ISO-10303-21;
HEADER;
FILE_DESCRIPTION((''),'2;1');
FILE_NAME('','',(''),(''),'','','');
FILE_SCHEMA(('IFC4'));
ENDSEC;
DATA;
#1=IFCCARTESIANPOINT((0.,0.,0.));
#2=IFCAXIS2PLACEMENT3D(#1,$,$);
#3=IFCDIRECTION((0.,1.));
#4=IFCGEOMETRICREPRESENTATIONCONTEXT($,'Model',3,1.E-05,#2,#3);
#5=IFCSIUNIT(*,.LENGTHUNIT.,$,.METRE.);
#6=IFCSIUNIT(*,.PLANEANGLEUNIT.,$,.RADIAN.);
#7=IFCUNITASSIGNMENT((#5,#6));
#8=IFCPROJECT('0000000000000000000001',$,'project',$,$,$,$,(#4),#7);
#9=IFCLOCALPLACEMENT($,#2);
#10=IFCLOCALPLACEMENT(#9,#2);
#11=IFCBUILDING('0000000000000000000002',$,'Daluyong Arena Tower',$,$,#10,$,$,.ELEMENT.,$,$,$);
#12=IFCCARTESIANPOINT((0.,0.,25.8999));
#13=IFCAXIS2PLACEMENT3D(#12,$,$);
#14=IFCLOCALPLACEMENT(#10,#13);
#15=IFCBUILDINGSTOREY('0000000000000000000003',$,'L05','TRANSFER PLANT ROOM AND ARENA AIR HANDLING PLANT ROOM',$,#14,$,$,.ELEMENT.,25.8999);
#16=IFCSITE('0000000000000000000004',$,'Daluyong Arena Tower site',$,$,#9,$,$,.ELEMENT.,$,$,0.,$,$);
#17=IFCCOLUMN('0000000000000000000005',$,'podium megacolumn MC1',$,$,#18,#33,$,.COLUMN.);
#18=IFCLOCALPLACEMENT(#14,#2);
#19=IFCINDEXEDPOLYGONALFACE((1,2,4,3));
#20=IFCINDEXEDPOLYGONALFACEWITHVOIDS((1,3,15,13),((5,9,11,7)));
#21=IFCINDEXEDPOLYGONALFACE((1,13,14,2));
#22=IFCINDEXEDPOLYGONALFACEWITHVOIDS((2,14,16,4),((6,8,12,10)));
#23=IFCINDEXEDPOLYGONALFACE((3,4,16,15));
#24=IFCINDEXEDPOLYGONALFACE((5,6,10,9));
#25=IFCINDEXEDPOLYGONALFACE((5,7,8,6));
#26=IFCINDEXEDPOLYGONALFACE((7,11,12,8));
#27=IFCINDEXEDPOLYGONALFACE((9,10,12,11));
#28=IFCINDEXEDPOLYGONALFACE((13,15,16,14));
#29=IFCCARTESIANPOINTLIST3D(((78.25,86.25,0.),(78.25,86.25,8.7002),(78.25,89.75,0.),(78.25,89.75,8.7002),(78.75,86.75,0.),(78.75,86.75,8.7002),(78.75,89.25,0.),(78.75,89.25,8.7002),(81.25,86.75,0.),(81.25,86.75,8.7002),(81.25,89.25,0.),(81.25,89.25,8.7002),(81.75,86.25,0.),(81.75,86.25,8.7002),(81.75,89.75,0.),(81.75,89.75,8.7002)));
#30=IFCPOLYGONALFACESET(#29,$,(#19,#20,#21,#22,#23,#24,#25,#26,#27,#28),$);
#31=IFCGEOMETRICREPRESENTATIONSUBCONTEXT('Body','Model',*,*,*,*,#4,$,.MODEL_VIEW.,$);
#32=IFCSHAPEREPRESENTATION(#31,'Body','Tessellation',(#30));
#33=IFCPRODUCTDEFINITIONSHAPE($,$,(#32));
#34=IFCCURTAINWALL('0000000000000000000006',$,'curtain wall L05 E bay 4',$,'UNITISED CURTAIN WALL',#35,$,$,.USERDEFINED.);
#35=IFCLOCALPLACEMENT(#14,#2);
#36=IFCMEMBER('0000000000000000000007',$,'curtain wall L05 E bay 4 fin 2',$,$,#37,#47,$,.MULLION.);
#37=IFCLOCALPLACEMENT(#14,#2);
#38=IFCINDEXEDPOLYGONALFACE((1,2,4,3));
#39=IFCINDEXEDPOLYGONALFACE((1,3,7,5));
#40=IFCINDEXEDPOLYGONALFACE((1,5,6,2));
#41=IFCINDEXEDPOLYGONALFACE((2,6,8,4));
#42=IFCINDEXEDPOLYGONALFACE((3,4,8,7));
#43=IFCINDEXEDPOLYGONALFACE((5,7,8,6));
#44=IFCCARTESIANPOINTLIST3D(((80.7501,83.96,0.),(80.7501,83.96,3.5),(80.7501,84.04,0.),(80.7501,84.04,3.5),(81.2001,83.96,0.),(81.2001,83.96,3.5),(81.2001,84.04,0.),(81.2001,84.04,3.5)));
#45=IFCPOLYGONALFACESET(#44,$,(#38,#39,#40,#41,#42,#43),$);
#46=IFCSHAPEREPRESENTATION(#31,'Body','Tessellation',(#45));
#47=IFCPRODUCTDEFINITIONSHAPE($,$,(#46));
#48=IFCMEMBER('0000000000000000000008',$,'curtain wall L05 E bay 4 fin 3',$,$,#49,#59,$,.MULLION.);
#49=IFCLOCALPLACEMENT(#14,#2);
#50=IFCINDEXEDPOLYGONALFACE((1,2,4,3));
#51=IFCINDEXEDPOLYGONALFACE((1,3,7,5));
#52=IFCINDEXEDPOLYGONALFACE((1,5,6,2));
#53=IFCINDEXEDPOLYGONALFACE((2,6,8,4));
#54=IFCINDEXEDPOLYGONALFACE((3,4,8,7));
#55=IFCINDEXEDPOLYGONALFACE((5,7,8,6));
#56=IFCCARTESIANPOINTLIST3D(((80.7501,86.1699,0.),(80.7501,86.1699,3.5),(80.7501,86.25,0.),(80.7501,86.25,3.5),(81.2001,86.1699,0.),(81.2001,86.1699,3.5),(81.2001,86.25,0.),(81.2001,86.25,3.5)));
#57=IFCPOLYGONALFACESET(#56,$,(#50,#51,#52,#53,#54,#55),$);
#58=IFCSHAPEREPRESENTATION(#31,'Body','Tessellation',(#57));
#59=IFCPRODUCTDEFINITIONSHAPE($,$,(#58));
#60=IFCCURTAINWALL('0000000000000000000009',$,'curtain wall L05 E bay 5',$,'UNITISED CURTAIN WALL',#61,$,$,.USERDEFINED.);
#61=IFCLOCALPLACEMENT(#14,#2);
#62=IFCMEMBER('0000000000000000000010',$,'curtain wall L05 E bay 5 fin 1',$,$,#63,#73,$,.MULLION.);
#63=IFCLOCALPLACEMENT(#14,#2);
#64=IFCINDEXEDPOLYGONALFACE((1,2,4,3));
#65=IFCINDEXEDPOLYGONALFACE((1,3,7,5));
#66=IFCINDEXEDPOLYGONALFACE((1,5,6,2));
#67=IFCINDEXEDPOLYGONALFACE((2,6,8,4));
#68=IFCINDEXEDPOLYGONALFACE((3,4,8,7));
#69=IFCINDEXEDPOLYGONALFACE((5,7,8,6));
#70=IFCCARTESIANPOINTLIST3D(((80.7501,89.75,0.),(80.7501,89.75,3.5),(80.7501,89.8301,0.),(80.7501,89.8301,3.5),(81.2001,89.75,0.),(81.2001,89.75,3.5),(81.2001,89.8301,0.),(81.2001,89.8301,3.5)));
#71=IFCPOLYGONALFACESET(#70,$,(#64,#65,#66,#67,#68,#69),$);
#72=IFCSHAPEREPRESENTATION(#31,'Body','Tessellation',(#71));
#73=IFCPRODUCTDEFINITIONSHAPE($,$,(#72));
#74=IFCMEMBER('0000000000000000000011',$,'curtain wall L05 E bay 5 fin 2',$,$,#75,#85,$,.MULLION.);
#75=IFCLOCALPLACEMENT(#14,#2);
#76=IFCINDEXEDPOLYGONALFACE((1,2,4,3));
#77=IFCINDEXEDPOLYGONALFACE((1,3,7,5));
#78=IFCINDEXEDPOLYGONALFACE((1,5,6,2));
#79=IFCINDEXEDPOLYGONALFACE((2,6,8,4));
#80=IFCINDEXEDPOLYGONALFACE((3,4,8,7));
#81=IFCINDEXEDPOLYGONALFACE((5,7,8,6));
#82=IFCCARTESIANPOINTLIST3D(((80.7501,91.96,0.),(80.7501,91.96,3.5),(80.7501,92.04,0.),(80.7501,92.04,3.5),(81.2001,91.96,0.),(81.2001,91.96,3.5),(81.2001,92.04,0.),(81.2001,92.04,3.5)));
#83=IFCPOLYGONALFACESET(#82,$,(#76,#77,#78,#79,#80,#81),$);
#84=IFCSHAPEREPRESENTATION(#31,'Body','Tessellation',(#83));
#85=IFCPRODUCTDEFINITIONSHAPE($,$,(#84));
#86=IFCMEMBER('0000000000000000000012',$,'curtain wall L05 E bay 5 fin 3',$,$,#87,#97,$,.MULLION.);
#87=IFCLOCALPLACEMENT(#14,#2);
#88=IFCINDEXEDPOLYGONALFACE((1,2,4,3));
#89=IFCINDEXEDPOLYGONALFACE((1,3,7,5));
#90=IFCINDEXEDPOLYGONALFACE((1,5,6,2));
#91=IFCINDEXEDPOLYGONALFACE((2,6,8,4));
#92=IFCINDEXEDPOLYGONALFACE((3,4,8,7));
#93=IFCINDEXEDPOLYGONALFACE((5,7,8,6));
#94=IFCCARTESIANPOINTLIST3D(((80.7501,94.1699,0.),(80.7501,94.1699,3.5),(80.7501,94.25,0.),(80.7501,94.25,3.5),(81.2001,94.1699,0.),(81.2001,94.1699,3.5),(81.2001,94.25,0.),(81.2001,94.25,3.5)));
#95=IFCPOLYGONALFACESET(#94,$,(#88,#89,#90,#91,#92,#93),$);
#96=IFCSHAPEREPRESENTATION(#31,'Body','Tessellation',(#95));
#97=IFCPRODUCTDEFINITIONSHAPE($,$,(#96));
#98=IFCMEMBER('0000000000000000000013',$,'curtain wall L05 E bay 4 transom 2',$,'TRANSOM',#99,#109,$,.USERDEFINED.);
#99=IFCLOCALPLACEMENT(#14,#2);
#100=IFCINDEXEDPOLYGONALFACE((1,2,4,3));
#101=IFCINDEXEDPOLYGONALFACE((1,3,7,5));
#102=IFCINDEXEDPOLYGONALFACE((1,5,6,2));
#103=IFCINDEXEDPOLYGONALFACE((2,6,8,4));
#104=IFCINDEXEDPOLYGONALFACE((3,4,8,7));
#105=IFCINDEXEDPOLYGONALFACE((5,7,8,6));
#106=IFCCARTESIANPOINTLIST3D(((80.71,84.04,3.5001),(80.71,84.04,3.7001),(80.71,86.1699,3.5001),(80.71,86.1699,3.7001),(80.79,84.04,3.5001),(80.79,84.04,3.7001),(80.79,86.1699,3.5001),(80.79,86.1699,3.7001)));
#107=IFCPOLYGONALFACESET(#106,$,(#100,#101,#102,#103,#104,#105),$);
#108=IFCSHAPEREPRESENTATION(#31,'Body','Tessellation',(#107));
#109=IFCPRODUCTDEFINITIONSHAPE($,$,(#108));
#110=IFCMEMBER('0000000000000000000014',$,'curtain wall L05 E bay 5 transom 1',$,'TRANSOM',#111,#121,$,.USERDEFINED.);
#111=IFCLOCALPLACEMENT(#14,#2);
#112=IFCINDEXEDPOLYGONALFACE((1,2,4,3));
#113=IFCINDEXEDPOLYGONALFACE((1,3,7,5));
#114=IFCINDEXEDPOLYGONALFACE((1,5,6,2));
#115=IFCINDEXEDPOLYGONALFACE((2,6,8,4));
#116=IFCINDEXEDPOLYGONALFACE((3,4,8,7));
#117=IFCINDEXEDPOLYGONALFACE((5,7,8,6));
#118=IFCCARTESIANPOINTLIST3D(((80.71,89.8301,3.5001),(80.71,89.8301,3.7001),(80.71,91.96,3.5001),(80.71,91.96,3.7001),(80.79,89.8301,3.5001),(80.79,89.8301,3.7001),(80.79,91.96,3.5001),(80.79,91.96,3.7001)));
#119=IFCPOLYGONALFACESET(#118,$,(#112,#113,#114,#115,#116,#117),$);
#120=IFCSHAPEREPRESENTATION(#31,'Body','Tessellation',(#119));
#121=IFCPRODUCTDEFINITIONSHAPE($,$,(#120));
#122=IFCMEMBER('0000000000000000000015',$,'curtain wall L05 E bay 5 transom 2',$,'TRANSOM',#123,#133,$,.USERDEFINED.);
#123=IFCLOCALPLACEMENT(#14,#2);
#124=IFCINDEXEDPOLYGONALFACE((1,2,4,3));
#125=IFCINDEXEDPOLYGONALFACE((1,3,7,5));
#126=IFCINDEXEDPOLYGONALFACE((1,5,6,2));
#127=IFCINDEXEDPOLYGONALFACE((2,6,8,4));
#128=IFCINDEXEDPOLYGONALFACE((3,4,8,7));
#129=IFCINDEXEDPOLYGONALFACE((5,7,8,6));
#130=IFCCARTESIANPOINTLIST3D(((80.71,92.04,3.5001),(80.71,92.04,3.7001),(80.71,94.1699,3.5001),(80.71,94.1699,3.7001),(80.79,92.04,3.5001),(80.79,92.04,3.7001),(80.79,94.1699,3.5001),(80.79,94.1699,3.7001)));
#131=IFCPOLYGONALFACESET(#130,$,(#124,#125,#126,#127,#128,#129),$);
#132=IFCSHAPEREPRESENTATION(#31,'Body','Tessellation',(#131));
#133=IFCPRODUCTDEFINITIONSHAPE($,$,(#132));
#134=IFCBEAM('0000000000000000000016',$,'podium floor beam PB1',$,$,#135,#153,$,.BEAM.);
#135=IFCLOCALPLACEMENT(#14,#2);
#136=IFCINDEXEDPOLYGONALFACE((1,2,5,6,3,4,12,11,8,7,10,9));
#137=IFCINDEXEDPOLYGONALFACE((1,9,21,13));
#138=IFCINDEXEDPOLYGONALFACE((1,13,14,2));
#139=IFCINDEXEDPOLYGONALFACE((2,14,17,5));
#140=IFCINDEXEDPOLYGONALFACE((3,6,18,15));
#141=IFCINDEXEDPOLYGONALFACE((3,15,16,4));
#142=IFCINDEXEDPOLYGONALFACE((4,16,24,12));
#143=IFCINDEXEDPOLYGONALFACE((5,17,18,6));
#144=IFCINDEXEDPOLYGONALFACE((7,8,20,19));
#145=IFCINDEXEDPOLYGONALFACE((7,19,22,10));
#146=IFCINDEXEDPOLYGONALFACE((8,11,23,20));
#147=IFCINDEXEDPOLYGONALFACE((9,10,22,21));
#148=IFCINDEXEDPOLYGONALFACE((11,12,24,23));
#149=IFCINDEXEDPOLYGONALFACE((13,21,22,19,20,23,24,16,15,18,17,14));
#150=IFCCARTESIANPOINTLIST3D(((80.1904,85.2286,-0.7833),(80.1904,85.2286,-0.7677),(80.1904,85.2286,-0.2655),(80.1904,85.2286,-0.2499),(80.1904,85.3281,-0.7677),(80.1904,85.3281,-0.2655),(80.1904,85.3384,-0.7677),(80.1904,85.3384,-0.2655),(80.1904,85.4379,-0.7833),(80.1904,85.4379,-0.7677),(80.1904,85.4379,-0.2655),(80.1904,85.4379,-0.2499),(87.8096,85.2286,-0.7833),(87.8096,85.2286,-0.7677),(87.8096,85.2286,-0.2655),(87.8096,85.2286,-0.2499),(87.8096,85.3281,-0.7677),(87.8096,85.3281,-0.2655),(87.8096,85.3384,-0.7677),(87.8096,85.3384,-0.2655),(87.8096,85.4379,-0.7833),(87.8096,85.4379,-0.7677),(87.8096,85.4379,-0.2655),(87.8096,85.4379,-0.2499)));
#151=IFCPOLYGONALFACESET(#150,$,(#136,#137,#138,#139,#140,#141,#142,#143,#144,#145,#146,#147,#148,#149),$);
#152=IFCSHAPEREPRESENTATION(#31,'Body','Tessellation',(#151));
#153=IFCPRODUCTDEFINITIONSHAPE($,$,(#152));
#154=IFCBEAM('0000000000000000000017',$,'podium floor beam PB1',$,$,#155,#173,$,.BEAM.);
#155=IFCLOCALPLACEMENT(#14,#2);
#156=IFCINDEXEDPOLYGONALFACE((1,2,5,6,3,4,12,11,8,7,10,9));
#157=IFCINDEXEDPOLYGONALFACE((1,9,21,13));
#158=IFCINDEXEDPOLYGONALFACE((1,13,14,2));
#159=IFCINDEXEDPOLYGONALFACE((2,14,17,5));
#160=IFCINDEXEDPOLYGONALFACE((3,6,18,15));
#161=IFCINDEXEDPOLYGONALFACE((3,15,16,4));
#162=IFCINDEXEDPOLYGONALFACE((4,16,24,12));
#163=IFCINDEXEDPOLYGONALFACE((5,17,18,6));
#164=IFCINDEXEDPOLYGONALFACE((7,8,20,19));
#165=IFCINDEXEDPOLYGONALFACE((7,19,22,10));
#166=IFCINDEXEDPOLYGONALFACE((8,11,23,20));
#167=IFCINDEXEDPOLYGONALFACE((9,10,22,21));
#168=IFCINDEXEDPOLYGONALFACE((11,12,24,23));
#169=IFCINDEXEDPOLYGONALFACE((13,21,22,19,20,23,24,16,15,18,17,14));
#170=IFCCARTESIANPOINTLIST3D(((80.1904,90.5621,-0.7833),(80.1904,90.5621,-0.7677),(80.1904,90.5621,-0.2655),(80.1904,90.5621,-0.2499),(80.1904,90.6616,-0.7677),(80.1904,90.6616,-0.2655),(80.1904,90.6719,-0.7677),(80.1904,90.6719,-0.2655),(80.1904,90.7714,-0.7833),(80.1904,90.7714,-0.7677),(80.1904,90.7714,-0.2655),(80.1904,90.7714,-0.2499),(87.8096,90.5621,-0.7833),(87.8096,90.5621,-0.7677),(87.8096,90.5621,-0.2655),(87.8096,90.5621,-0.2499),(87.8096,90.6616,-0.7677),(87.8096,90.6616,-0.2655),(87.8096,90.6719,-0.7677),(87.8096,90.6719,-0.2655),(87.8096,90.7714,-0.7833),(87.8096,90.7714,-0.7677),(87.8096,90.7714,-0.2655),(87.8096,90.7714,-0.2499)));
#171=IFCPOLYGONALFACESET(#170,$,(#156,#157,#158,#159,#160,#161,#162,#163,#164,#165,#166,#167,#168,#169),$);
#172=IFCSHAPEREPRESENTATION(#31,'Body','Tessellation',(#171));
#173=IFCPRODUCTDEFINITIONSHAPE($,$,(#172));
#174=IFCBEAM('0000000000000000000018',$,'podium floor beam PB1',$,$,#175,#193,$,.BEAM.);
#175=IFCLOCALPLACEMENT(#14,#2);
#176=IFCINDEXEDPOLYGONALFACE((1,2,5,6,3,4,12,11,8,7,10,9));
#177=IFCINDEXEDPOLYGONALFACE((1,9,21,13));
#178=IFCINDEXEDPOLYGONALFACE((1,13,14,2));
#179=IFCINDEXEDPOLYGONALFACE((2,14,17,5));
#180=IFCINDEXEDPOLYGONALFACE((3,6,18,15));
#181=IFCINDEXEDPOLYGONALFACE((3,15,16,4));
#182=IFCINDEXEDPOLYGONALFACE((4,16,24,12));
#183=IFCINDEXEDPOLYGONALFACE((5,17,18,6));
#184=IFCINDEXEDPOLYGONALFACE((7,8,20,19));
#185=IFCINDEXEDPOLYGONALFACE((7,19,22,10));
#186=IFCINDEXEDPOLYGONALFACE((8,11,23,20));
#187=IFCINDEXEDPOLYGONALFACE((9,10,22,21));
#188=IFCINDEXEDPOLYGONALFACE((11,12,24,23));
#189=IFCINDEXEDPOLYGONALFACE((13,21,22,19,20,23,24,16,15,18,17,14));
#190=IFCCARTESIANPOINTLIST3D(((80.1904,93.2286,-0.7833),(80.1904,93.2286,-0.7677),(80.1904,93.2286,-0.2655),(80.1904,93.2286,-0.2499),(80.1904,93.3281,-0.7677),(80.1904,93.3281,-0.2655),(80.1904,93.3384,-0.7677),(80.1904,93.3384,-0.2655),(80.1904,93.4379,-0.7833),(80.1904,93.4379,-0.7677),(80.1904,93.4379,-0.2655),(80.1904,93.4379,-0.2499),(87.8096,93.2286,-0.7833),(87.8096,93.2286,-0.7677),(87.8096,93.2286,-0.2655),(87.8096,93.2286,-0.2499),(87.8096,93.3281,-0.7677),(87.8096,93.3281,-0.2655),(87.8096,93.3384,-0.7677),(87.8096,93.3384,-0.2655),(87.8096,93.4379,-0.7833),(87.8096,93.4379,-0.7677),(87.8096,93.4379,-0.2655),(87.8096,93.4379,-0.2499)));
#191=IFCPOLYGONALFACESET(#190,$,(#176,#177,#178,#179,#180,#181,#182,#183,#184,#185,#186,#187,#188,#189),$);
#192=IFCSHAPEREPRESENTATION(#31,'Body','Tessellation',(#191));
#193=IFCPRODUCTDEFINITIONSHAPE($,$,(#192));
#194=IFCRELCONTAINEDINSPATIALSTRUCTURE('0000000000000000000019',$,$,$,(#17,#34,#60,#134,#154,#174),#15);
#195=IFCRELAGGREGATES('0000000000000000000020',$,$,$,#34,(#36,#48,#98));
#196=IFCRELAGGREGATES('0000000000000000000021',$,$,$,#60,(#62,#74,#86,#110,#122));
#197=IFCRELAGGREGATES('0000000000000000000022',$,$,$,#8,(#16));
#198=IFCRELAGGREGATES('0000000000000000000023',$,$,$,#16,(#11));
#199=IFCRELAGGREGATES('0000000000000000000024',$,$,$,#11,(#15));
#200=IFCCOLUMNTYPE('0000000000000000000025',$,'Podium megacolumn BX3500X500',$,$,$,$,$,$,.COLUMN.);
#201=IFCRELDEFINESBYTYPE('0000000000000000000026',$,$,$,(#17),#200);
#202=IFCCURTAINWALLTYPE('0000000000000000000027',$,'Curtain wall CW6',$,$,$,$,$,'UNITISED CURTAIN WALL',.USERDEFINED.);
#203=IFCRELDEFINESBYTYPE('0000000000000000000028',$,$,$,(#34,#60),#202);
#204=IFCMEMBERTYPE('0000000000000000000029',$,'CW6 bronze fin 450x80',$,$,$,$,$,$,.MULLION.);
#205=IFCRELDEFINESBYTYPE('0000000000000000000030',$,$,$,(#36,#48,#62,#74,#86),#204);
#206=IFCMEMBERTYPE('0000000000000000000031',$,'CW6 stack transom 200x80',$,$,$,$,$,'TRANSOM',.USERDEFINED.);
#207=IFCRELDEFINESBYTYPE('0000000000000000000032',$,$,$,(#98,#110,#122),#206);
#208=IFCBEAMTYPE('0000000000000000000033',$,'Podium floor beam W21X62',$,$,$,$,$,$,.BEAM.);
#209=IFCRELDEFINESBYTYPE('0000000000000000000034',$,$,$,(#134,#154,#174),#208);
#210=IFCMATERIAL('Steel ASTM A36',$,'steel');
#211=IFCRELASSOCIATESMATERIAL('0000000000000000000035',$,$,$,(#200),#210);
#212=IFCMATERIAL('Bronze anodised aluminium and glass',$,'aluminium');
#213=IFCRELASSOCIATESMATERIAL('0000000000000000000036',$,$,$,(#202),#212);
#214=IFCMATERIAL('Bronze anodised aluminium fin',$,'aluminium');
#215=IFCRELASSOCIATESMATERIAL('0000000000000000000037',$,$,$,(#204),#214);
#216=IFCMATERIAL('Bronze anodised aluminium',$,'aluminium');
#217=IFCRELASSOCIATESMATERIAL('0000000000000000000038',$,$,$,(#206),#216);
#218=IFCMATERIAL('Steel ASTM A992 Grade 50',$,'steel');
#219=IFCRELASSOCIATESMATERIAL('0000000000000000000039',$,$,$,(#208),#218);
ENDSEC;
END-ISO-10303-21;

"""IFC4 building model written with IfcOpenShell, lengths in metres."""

from ifc_helpers import new_model, si_unit, direction, frame, origin, origin_2d, place, context, subcontext, project, spatial, rectangle, hollow_rectangle, i_section, extrude, material, material_profile, profile_set, type_object, element, aggregate, save


model = new_model("IFC4")

# Units and contexts
model_context = context("Model", 3, precision=1e-05, world=origin(), true_north=direction((0.0, 1.0)))
body_context = subcontext(model_context, "Body", "Model", "MODEL_VIEW")
ifc_project = project(units=[si_unit("LENGTHUNIT", "METRE"), si_unit("PLANEANGLEUNIT", "RADIAN")], contexts=[model_context])

# Site, building, storey
site_placement = place(None, origin())
site = spatial("IfcSite", under=ifc_project, at=site_placement, Name="Daluyong Arena Tower site", CompositionType="ELEMENT", RefElevation=0.0)
building_placement = place(site_placement, origin())
building = spatial("IfcBuilding", under=site, at=building_placement, Name="Daluyong Arena Tower", CompositionType="ELEMENT")
storey_placement = place(building_placement, frame((0.0, 0.0, 25.8999)))
storey = spatial("IfcBuildingStorey", under=building, at=storey_placement, Name="L05", Description="TRANSFER PLANT ROOM AND ARENA AIR HANDLING PLANT ROOM", CompositionType="ELEMENT", Elevation=25.8999)

# Column
ifc_material_1 = material(Name="Steel ASTM A36", Category="steel")
ifc_material_profile_1 = material_profile(ifc_material_1, hollow_rectangle(XDim=3.5, YDim=3.5, WallThickness=0.5, at=origin_2d()))
ifc_profile_set_1 = profile_set([ifc_material_profile_1], Name="Steel ASTM A36")
column_type = type_object("IfcColumnType", Name="Podium megacolumn BX3500X500", PredefinedType="COLUMN", material=ifc_profile_set_1)
column_placement = place(storey_placement, frame((80.0, 88.0, 0.0), z_axis=(0.0, 0.0, 1.0), x_axis=(1.0, 0.0, 0.0)))
element("IfcColumn", 1, at=column_placement, inside=storey, type_object=column_type, Name="podium megacolumn MC1", PredefinedType="COLUMN", context=body_context, shape_type="SweptSolid", body=[
    extrude(hollow_rectangle(XDim=3.5, YDim=3.5, WallThickness=0.5, at=origin_2d()), origin(), (0.0, 0.0, 1.0), 8.7002),
])

# Curtain walls, members
ifc_material_2 = material(Name="Bronze anodised aluminium and glass", Category="aluminium")
curtain_wall_type = type_object("IfcCurtainWallType", Name="Curtain wall CW6", ElementType="UNITISED CURTAIN WALL", PredefinedType="USERDEFINED", material=ifc_material_2)
curtain_wall_1_placement = place(storey_placement, origin())
curtain_wall_1 = element("IfcCurtainWall", 2, at=curtain_wall_1_placement, inside=storey, type_object=curtain_wall_type, Name="curtain wall L05 E bay 4", ObjectType="UNITISED CURTAIN WALL", PredefinedType="USERDEFINED")
ifc_material_3 = material(Name="Bronze anodised aluminium fin", Category="aluminium")
ifc_material_profile_2 = material_profile(ifc_material_3, rectangle(XDim=0.45, YDim=0.0801, at=origin_2d()))
ifc_profile_set_2 = profile_set([ifc_material_profile_2], Name="Bronze anodised aluminium fin")
member_type_1 = type_object("IfcMemberType", Name="CW6 bronze fin 450x80", PredefinedType="MULLION", material=ifc_profile_set_2)
member_1_placement = place(storey_placement, frame((80.9751, 84.0, 0.0), z_axis=(0.0, 0.0, 1.0), x_axis=(-1.0, 0.0, 0.0)))
member_1 = element("IfcMember", 3, at=member_1_placement, type_object=member_type_1, Name="curtain wall L05 E bay 4 fin 2", PredefinedType="MULLION", context=body_context, shape_type="SweptSolid", body=[
    extrude(rectangle(XDim=0.45, YDim=0.0801, at=origin_2d()), origin(), (0.0, 0.0, 1.0), 3.5),
])
member_2_placement = place(storey_placement, frame((80.9751, 86.21, 0.0), z_axis=(0.0, 0.0, 1.0), x_axis=(-1.0, 0.0, 0.0)))
member_2 = element("IfcMember", 4, at=member_2_placement, type_object=member_type_1, Name="curtain wall L05 E bay 4 fin 3", PredefinedType="MULLION", context=body_context, shape_type="SweptSolid", body=[
    extrude(rectangle(XDim=0.45, YDim=0.0801, at=origin_2d()), origin(), (0.0, 0.0, 1.0), 3.5),
])
curtain_wall_2_placement = place(storey_placement, origin())
curtain_wall_2 = element("IfcCurtainWall", 5, at=curtain_wall_2_placement, inside=storey, type_object=curtain_wall_type, Name="curtain wall L05 E bay 5", ObjectType="UNITISED CURTAIN WALL", PredefinedType="USERDEFINED")
member_3_placement = place(storey_placement, frame((80.9751, 89.79, 0.0), z_axis=(0.0, 0.0, 1.0), x_axis=(-1.0, 0.0, 0.0)))
member_3 = element("IfcMember", 6, at=member_3_placement, type_object=member_type_1, Name="curtain wall L05 E bay 5 fin 1", PredefinedType="MULLION", context=body_context, shape_type="SweptSolid", body=[
    extrude(rectangle(XDim=0.45, YDim=0.0801, at=origin_2d()), origin(), (0.0, 0.0, 1.0), 3.5),
])
member_4_placement = place(storey_placement, frame((80.9751, 92.0, 0.0), z_axis=(0.0, 0.0, 1.0), x_axis=(-1.0, 0.0, 0.0)))
member_4 = element("IfcMember", 7, at=member_4_placement, type_object=member_type_1, Name="curtain wall L05 E bay 5 fin 2", PredefinedType="MULLION", context=body_context, shape_type="SweptSolid", body=[
    extrude(rectangle(XDim=0.45, YDim=0.0801, at=origin_2d()), origin(), (0.0, 0.0, 1.0), 3.5),
])
member_5_placement = place(storey_placement, frame((80.9751, 94.21, 0.0), z_axis=(0.0, 0.0, 1.0), x_axis=(-1.0, 0.0, 0.0)))
member_5 = element("IfcMember", 8, at=member_5_placement, type_object=member_type_1, Name="curtain wall L05 E bay 5 fin 3", PredefinedType="MULLION", context=body_context, shape_type="SweptSolid", body=[
    extrude(rectangle(XDim=0.45, YDim=0.0801, at=origin_2d()), origin(), (0.0, 0.0, 1.0), 3.5),
])

# Members
ifc_material_4 = material(Name="Bronze anodised aluminium", Category="aluminium")
ifc_material_profile_3 = material_profile(ifc_material_4, rectangle(XDim=0.0801, YDim=0.2, at=origin_2d()))
ifc_profile_set_3 = profile_set([ifc_material_profile_3], Name="Bronze anodised aluminium")
member_type_2 = type_object("IfcMemberType", Name="CW6 stack transom 200x80", ElementType="TRANSOM", PredefinedType="USERDEFINED", material=ifc_profile_set_3)
member_6_placement = place(storey_placement, frame((80.75, 84.04, 3.6001), z_axis=(0.0, 1.0, 0.0), x_axis=(-1.0, 0.0, 0.0)))
member_6 = element("IfcMember", 9, at=member_6_placement, type_object=member_type_2, Name="curtain wall L05 E bay 4 transom 2", ObjectType="TRANSOM", PredefinedType="USERDEFINED", context=body_context, shape_type="SweptSolid", body=[
    extrude(rectangle(XDim=0.0801, YDim=0.2, at=origin_2d()), origin(), (0.0, 0.0, 1.0), 2.1299),
])
member_7_placement = place(storey_placement, frame((80.75, 89.8301, 3.6001), z_axis=(0.0, 1.0, 0.0), x_axis=(-1.0, 0.0, 0.0)))
member_7 = element("IfcMember", 10, at=member_7_placement, type_object=member_type_2, Name="curtain wall L05 E bay 5 transom 1", ObjectType="TRANSOM", PredefinedType="USERDEFINED", context=body_context, shape_type="SweptSolid", body=[
    extrude(rectangle(XDim=0.0801, YDim=0.2, at=origin_2d()), origin(), (0.0, 0.0, 1.0), 2.1299),
])
member_8_placement = place(storey_placement, frame((80.75, 92.04, 3.6001), z_axis=(0.0, 1.0, 0.0), x_axis=(-1.0, 0.0, 0.0)))
member_8 = element("IfcMember", 11, at=member_8_placement, type_object=member_type_2, Name="curtain wall L05 E bay 5 transom 2", ObjectType="TRANSOM", PredefinedType="USERDEFINED", context=body_context, shape_type="SweptSolid", body=[
    extrude(rectangle(XDim=0.0801, YDim=0.2, at=origin_2d()), origin(), (0.0, 0.0, 1.0), 2.1299),
])

# Beams
ifc_material_5 = material(Name="Steel ASTM A992 Grade 50", Category="steel")
ifc_material_profile_4 = material_profile(ifc_material_5, i_section(OverallWidth=0.2092, OverallDepth=0.5334, WebThickness=0.0103, FlangeThickness=0.0156, at=origin_2d()))
ifc_profile_set_4 = profile_set([ifc_material_profile_4], Name="Steel ASTM A992 Grade 50")
beam_type_1 = type_object("IfcBeamType", Name="Podium floor beam W21X62", PredefinedType="BEAM", material=ifc_profile_set_4)
for number, where, z_axis, x_axis, name in (
    (12, (80.1904, 85.3333, -0.5166), (1.0, 0.0, 0.0), (0.0, 1.0, 0.0), "podium floor beam PB1"),
    (13, (80.1904, 90.6667, -0.5166), (1.0, 0.0, 0.0), (0.0, 1.0, 0.0), "podium floor beam PB1"),
    (14, (80.1904, 93.3333, -0.5166), (1.0, 0.0, 0.0), (0.0, 1.0, 0.0), "podium floor beam PB1"),
):
    element("IfcBeam", number, at=place(storey_placement, frame(where, z_axis=z_axis, x_axis=x_axis)), inside=storey, type_object=beam_type_1, Name=name, PredefinedType="BEAM", context=body_context, shape_type="SweptSolid", body=[
        extrude(i_section(OverallWidth=0.2092, OverallDepth=0.5334, WebThickness=0.0103, FlangeThickness=0.0156, at=origin_2d()), origin(), (0.0, 0.0, 1.0), 7.6191),
    ])

aggregate(curtain_wall_1, [member_1, member_2, member_6])
aggregate(curtain_wall_2, [member_3, member_4, member_5, member_7, member_8])

save(model, "model.ifc")
